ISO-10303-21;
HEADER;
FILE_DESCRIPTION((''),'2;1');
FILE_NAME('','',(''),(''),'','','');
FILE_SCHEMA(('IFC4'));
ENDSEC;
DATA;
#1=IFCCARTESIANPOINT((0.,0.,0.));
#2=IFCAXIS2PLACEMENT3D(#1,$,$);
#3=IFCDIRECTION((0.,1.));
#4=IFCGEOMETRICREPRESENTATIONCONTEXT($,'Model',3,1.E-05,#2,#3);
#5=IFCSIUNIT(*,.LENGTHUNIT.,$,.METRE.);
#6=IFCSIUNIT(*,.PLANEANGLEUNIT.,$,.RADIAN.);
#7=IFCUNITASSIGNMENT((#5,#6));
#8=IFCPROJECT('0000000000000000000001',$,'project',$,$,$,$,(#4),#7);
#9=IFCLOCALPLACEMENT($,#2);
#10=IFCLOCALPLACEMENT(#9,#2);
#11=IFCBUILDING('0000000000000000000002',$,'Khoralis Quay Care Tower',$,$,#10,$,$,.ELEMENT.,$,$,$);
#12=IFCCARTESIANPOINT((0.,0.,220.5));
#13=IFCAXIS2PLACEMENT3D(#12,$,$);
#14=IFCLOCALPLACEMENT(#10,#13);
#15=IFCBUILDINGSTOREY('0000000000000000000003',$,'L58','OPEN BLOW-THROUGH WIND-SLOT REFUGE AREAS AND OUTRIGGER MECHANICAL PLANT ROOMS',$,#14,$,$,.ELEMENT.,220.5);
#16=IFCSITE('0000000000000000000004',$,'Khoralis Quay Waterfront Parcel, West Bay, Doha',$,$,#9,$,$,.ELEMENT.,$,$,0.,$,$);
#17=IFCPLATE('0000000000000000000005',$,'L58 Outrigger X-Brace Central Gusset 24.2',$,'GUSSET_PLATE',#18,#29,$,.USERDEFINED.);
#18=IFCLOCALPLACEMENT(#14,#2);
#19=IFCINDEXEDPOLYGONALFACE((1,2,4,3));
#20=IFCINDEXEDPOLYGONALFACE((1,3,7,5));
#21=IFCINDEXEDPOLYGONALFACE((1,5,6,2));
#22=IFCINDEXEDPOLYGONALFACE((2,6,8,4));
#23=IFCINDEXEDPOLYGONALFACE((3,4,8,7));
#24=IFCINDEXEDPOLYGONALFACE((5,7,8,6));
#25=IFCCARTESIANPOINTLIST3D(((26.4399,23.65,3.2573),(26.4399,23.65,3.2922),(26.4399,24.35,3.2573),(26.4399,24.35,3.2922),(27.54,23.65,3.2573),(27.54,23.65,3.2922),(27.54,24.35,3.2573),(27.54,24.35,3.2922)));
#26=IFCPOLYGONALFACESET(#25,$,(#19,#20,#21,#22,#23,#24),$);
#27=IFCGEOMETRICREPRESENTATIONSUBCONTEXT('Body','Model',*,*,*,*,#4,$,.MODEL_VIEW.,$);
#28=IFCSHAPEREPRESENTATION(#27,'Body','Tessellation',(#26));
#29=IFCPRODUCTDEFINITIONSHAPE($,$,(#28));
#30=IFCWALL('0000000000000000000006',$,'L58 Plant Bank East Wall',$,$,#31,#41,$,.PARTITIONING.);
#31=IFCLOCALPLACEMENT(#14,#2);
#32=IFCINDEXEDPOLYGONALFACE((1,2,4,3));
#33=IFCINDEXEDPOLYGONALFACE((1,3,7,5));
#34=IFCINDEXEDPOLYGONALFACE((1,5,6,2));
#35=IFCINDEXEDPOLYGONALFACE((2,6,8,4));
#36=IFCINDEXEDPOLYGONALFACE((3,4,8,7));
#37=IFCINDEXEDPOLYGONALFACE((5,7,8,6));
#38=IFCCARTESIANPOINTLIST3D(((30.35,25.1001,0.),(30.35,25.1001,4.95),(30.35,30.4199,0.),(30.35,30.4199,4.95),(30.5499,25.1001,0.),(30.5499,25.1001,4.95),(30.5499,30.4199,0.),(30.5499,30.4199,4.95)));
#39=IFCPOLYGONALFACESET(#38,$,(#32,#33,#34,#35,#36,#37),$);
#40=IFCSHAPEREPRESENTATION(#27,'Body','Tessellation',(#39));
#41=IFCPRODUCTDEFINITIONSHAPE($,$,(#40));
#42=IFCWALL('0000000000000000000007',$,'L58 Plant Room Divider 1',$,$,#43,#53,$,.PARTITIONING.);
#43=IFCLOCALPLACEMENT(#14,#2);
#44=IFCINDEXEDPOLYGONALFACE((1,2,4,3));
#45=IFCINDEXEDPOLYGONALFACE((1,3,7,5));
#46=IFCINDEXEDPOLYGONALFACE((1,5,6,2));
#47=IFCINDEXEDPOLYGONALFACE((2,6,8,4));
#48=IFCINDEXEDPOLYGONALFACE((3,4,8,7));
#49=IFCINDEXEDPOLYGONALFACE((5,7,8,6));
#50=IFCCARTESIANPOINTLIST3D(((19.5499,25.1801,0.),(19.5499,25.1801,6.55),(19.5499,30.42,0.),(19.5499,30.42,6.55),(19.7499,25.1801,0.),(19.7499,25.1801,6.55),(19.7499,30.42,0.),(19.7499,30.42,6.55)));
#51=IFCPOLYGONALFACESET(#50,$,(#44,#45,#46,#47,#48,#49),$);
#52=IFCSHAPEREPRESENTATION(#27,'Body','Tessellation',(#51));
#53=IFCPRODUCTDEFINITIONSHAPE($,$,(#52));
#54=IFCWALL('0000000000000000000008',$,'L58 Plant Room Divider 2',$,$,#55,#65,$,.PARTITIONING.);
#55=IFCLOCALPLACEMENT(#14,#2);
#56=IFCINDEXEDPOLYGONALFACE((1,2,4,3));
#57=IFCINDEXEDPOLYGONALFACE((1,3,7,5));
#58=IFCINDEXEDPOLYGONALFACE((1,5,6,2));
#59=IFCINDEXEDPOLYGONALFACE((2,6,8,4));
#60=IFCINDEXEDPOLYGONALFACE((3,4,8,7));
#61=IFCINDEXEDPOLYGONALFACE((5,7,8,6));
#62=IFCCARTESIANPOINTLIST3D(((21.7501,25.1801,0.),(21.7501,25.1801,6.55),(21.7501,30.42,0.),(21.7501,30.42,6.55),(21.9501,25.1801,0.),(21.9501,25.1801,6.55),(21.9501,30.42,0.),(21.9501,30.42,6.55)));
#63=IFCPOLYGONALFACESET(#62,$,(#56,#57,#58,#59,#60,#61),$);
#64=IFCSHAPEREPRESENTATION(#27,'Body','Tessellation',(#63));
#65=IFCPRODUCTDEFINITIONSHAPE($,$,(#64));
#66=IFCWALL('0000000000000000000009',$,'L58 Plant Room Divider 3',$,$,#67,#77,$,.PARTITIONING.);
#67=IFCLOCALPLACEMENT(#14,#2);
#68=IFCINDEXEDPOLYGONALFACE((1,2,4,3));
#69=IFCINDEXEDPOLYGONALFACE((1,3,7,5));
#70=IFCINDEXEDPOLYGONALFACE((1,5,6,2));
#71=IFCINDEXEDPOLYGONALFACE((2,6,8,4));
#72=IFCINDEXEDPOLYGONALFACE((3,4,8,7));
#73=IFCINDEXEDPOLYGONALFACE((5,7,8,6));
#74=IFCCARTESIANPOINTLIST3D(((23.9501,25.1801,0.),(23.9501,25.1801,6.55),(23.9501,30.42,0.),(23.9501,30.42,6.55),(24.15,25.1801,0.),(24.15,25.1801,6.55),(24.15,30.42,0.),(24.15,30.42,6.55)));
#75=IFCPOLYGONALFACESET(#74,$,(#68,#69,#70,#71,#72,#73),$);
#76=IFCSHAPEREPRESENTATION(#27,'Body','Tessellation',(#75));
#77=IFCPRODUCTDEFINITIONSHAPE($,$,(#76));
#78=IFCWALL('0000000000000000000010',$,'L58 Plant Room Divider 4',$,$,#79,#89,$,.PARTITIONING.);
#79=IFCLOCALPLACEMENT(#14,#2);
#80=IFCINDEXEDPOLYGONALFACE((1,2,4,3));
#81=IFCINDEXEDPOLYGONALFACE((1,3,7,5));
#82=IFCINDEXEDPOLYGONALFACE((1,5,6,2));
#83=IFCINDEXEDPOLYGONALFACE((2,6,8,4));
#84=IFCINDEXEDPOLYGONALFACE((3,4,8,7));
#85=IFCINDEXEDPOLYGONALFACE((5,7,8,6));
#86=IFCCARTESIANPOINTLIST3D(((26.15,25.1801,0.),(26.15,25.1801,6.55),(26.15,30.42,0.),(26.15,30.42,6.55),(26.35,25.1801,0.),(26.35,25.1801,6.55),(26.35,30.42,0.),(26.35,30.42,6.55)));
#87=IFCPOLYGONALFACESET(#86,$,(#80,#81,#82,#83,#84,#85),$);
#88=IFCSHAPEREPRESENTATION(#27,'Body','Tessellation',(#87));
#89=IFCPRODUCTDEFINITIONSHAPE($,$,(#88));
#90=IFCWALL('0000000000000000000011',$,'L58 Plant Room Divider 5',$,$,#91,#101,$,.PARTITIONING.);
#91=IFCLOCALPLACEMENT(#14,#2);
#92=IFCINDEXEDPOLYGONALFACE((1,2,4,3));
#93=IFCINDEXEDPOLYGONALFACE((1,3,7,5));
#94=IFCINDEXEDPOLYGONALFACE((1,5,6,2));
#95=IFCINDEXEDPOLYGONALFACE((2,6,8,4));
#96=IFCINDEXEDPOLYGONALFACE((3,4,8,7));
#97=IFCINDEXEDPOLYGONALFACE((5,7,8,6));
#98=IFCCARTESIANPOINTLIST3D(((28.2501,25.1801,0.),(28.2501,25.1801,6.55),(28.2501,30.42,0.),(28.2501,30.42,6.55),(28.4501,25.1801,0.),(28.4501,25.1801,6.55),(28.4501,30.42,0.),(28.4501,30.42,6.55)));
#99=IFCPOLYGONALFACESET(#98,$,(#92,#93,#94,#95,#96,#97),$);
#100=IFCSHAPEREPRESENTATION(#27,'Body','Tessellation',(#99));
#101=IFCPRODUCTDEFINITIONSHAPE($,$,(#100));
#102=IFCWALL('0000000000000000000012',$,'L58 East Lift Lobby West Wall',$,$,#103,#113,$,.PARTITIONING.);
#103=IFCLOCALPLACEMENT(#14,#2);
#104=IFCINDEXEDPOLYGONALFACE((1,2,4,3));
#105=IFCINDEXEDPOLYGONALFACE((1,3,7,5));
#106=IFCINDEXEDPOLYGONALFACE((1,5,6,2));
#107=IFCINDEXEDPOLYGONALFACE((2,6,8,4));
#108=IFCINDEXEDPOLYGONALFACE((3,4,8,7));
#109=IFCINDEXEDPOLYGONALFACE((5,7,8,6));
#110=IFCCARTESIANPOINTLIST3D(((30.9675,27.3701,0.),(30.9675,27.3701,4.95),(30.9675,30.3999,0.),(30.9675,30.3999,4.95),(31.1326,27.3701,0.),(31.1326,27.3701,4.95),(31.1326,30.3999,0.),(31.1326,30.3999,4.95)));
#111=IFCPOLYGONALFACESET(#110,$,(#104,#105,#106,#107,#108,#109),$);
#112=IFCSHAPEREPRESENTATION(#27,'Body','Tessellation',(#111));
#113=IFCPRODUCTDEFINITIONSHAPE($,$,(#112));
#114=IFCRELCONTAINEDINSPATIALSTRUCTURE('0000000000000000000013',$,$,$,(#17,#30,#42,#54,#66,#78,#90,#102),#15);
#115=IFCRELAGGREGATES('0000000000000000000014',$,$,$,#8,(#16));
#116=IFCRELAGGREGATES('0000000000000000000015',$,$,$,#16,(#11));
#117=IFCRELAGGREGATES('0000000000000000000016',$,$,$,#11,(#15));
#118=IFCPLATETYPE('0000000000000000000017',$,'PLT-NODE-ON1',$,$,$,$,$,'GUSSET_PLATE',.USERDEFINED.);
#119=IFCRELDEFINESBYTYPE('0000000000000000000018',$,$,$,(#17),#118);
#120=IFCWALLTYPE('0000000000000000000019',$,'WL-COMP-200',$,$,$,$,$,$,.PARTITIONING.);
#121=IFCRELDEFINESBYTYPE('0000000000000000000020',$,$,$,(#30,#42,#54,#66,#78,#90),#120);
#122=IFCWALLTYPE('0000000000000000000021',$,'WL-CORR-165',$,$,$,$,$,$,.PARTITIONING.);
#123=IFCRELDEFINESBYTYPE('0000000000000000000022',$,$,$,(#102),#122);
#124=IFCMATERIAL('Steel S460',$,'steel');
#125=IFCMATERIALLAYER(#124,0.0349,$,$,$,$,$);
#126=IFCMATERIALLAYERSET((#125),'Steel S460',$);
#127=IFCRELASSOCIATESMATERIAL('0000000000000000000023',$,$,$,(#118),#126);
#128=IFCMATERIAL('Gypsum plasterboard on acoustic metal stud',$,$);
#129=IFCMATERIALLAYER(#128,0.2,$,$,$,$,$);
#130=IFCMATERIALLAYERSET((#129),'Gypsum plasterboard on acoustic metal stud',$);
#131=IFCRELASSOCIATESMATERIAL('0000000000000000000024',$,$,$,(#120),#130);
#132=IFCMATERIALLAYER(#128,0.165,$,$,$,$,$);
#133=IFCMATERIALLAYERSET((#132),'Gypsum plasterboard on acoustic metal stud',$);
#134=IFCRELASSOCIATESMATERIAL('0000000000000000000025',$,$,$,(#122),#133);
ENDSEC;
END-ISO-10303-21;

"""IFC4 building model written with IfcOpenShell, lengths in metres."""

from ifc_helpers import new_model, si_unit, direction, frame, frame_2d, origin, origin_2d, place, context, subcontext, project, spatial, rectangle, extrude, source, transform, mapped, material, layer, layer_set, type_object, element, save


model = new_model("IFC4")

# Units and contexts
model_context = context("Model", 3, precision=1e-05, world=origin(), true_north=direction((0.0, 1.0)))
body_context = subcontext(model_context, "Body", "Model", "MODEL_VIEW")
ifc_project = project(units=[si_unit("LENGTHUNIT", "METRE"), si_unit("PLANEANGLEUNIT", "RADIAN")], contexts=[model_context])

# Site, building, storey
site_placement = place(None, origin())
site = spatial("IfcSite", under=ifc_project, at=site_placement, Name="Khoralis Quay Waterfront Parcel, West Bay, Doha", CompositionType="ELEMENT", RefElevation=0.0)
building_placement = place(site_placement, origin())
building = spatial("IfcBuilding", under=site, at=building_placement, Name="Khoralis Quay Care Tower", CompositionType="ELEMENT")
storey_placement = place(building_placement, frame((0.0, 0.0, 220.5)))
storey = spatial("IfcBuildingStorey", under=building, at=storey_placement, Name="L58", Description="OPEN BLOW-THROUGH WIND-SLOT REFUGE AREAS AND OUTRIGGER MECHANICAL PLANT ROOMS", CompositionType="ELEMENT", Elevation=220.5)

# Plate
ifc_material_1 = material(Name="Steel S460", Category="steel")
ifc_layer_1 = layer(ifc_material_1, 0.0349)
ifc_layer_set_1 = layer_set([ifc_layer_1], Name="Steel S460")
plate_type_1 = type_object("IfcPlateType", Name="PLT-NODE-ON1", ElementType="GUSSET_PLATE", PredefinedType="USERDEFINED", material=ifc_layer_set_1)
shared_shape_1 = source(origin(), body_context, "Body", "SweptSolid", [
    extrude(rectangle(XDim=1.1001, YDim=0.7, at=origin_2d()), origin(), (0.0, 0.0, 1.0), 0.0349),
])
for number, where, z_axis, x_axis, name in (
    (1, (26.99, 24.0, 3.2573), (0.0, 0.0, 1.0), (1.0, 0.0, 0.0), "L58 Outrigger X-Brace Central Gusset 24.2"),
):
    element("IfcPlate", number, at=place(storey_placement, frame(where, z_axis=z_axis, x_axis=x_axis)), inside=storey, type_object=plate_type_1, Name=name, ObjectType="GUSSET_PLATE", PredefinedType="USERDEFINED", context=body_context, shape_type="MappedRepresentation", body=[
        mapped(shared_shape_1, transform((0.0, 0.0, 0.0), scale=1.0)),
    ])

# Walls
ifc_material_2 = material(Name="Gypsum plasterboard on acoustic metal stud")
ifc_layer_2 = layer(ifc_material_2, 0.2)
ifc_layer_set_2 = layer_set([ifc_layer_2], Name="Gypsum plasterboard on acoustic metal stud")
wall_type_1 = type_object("IfcWallType", Name="WL-COMP-200", PredefinedType="PARTITIONING", material=ifc_layer_set_2)
wall_1_placement = place(storey_placement, frame((30.45, 25.1001, 0.0), z_axis=(0.0, 0.0, 1.0), x_axis=(0.0, 1.0, 0.0)))
element("IfcWall", 2, at=wall_1_placement, inside=storey, type_object=wall_type_1, Name="L58 Plant Bank East Wall", PredefinedType="PARTITIONING", context=body_context, shape_type="SweptSolid", body=[
    extrude(rectangle(XDim=5.3198, YDim=0.2, at=frame_2d((2.6599, 0.0))), origin(), (0.0, 0.0, 1.0), 4.95),
])
for number, where, z_axis, x_axis, name in (
    (3, (19.6499, 25.1799, 0.0), (0.0, 0.0, 1.0), (0.0, 1.0, 0.0), "L58 Plant Room Divider 1"),
    (4, (21.8501, 25.1799, 0.0), (0.0, 0.0, 1.0), (0.0, 1.0, 0.0), "L58 Plant Room Divider 2"),
    (5, (24.05, 25.1799, 0.0), (0.0, 0.0, 1.0), (0.0, 1.0, 0.0), "L58 Plant Room Divider 3"),
    (6, (26.25, 25.1799, 0.0), (0.0, 0.0, 1.0), (0.0, 1.0, 0.0), "L58 Plant Room Divider 4"),
    (7, (28.3501, 25.1799, 0.0), (0.0, 0.0, 1.0), (0.0, 1.0, 0.0), "L58 Plant Room Divider 5"),
):
    element("IfcWall", number, at=place(storey_placement, frame(where, z_axis=z_axis, x_axis=x_axis)), inside=storey, type_object=wall_type_1, Name=name, PredefinedType="PARTITIONING", context=body_context, shape_type="SweptSolid", body=[
        extrude(rectangle(XDim=5.24, YDim=0.2, at=frame_2d((2.6201, 0.0))), origin(), (0.0, 0.0, 1.0), 6.55),
    ])
ifc_layer_3 = layer(ifc_material_2, 0.165)
ifc_layer_set_3 = layer_set([ifc_layer_3], Name="Gypsum plasterboard on acoustic metal stud")
wall_type_2 = type_object("IfcWallType", Name="WL-CORR-165", PredefinedType="PARTITIONING", material=ifc_layer_set_3)
wall_2_placement = place(storey_placement, frame((31.05, 27.3701, 0.0), z_axis=(0.0, 0.0, 1.0), x_axis=(0.0, 1.0, 0.0)))
element("IfcWall", 8, at=wall_2_placement, inside=storey, type_object=wall_type_2, Name="L58 East Lift Lobby West Wall", PredefinedType="PARTITIONING", context=body_context, shape_type="SweptSolid", body=[
    extrude(rectangle(XDim=3.0298, YDim=0.165, at=frame_2d((1.5149, 0.0))), origin(), (0.0, 0.0, 1.0), 4.95),
])

save(model, "model.ifc")
